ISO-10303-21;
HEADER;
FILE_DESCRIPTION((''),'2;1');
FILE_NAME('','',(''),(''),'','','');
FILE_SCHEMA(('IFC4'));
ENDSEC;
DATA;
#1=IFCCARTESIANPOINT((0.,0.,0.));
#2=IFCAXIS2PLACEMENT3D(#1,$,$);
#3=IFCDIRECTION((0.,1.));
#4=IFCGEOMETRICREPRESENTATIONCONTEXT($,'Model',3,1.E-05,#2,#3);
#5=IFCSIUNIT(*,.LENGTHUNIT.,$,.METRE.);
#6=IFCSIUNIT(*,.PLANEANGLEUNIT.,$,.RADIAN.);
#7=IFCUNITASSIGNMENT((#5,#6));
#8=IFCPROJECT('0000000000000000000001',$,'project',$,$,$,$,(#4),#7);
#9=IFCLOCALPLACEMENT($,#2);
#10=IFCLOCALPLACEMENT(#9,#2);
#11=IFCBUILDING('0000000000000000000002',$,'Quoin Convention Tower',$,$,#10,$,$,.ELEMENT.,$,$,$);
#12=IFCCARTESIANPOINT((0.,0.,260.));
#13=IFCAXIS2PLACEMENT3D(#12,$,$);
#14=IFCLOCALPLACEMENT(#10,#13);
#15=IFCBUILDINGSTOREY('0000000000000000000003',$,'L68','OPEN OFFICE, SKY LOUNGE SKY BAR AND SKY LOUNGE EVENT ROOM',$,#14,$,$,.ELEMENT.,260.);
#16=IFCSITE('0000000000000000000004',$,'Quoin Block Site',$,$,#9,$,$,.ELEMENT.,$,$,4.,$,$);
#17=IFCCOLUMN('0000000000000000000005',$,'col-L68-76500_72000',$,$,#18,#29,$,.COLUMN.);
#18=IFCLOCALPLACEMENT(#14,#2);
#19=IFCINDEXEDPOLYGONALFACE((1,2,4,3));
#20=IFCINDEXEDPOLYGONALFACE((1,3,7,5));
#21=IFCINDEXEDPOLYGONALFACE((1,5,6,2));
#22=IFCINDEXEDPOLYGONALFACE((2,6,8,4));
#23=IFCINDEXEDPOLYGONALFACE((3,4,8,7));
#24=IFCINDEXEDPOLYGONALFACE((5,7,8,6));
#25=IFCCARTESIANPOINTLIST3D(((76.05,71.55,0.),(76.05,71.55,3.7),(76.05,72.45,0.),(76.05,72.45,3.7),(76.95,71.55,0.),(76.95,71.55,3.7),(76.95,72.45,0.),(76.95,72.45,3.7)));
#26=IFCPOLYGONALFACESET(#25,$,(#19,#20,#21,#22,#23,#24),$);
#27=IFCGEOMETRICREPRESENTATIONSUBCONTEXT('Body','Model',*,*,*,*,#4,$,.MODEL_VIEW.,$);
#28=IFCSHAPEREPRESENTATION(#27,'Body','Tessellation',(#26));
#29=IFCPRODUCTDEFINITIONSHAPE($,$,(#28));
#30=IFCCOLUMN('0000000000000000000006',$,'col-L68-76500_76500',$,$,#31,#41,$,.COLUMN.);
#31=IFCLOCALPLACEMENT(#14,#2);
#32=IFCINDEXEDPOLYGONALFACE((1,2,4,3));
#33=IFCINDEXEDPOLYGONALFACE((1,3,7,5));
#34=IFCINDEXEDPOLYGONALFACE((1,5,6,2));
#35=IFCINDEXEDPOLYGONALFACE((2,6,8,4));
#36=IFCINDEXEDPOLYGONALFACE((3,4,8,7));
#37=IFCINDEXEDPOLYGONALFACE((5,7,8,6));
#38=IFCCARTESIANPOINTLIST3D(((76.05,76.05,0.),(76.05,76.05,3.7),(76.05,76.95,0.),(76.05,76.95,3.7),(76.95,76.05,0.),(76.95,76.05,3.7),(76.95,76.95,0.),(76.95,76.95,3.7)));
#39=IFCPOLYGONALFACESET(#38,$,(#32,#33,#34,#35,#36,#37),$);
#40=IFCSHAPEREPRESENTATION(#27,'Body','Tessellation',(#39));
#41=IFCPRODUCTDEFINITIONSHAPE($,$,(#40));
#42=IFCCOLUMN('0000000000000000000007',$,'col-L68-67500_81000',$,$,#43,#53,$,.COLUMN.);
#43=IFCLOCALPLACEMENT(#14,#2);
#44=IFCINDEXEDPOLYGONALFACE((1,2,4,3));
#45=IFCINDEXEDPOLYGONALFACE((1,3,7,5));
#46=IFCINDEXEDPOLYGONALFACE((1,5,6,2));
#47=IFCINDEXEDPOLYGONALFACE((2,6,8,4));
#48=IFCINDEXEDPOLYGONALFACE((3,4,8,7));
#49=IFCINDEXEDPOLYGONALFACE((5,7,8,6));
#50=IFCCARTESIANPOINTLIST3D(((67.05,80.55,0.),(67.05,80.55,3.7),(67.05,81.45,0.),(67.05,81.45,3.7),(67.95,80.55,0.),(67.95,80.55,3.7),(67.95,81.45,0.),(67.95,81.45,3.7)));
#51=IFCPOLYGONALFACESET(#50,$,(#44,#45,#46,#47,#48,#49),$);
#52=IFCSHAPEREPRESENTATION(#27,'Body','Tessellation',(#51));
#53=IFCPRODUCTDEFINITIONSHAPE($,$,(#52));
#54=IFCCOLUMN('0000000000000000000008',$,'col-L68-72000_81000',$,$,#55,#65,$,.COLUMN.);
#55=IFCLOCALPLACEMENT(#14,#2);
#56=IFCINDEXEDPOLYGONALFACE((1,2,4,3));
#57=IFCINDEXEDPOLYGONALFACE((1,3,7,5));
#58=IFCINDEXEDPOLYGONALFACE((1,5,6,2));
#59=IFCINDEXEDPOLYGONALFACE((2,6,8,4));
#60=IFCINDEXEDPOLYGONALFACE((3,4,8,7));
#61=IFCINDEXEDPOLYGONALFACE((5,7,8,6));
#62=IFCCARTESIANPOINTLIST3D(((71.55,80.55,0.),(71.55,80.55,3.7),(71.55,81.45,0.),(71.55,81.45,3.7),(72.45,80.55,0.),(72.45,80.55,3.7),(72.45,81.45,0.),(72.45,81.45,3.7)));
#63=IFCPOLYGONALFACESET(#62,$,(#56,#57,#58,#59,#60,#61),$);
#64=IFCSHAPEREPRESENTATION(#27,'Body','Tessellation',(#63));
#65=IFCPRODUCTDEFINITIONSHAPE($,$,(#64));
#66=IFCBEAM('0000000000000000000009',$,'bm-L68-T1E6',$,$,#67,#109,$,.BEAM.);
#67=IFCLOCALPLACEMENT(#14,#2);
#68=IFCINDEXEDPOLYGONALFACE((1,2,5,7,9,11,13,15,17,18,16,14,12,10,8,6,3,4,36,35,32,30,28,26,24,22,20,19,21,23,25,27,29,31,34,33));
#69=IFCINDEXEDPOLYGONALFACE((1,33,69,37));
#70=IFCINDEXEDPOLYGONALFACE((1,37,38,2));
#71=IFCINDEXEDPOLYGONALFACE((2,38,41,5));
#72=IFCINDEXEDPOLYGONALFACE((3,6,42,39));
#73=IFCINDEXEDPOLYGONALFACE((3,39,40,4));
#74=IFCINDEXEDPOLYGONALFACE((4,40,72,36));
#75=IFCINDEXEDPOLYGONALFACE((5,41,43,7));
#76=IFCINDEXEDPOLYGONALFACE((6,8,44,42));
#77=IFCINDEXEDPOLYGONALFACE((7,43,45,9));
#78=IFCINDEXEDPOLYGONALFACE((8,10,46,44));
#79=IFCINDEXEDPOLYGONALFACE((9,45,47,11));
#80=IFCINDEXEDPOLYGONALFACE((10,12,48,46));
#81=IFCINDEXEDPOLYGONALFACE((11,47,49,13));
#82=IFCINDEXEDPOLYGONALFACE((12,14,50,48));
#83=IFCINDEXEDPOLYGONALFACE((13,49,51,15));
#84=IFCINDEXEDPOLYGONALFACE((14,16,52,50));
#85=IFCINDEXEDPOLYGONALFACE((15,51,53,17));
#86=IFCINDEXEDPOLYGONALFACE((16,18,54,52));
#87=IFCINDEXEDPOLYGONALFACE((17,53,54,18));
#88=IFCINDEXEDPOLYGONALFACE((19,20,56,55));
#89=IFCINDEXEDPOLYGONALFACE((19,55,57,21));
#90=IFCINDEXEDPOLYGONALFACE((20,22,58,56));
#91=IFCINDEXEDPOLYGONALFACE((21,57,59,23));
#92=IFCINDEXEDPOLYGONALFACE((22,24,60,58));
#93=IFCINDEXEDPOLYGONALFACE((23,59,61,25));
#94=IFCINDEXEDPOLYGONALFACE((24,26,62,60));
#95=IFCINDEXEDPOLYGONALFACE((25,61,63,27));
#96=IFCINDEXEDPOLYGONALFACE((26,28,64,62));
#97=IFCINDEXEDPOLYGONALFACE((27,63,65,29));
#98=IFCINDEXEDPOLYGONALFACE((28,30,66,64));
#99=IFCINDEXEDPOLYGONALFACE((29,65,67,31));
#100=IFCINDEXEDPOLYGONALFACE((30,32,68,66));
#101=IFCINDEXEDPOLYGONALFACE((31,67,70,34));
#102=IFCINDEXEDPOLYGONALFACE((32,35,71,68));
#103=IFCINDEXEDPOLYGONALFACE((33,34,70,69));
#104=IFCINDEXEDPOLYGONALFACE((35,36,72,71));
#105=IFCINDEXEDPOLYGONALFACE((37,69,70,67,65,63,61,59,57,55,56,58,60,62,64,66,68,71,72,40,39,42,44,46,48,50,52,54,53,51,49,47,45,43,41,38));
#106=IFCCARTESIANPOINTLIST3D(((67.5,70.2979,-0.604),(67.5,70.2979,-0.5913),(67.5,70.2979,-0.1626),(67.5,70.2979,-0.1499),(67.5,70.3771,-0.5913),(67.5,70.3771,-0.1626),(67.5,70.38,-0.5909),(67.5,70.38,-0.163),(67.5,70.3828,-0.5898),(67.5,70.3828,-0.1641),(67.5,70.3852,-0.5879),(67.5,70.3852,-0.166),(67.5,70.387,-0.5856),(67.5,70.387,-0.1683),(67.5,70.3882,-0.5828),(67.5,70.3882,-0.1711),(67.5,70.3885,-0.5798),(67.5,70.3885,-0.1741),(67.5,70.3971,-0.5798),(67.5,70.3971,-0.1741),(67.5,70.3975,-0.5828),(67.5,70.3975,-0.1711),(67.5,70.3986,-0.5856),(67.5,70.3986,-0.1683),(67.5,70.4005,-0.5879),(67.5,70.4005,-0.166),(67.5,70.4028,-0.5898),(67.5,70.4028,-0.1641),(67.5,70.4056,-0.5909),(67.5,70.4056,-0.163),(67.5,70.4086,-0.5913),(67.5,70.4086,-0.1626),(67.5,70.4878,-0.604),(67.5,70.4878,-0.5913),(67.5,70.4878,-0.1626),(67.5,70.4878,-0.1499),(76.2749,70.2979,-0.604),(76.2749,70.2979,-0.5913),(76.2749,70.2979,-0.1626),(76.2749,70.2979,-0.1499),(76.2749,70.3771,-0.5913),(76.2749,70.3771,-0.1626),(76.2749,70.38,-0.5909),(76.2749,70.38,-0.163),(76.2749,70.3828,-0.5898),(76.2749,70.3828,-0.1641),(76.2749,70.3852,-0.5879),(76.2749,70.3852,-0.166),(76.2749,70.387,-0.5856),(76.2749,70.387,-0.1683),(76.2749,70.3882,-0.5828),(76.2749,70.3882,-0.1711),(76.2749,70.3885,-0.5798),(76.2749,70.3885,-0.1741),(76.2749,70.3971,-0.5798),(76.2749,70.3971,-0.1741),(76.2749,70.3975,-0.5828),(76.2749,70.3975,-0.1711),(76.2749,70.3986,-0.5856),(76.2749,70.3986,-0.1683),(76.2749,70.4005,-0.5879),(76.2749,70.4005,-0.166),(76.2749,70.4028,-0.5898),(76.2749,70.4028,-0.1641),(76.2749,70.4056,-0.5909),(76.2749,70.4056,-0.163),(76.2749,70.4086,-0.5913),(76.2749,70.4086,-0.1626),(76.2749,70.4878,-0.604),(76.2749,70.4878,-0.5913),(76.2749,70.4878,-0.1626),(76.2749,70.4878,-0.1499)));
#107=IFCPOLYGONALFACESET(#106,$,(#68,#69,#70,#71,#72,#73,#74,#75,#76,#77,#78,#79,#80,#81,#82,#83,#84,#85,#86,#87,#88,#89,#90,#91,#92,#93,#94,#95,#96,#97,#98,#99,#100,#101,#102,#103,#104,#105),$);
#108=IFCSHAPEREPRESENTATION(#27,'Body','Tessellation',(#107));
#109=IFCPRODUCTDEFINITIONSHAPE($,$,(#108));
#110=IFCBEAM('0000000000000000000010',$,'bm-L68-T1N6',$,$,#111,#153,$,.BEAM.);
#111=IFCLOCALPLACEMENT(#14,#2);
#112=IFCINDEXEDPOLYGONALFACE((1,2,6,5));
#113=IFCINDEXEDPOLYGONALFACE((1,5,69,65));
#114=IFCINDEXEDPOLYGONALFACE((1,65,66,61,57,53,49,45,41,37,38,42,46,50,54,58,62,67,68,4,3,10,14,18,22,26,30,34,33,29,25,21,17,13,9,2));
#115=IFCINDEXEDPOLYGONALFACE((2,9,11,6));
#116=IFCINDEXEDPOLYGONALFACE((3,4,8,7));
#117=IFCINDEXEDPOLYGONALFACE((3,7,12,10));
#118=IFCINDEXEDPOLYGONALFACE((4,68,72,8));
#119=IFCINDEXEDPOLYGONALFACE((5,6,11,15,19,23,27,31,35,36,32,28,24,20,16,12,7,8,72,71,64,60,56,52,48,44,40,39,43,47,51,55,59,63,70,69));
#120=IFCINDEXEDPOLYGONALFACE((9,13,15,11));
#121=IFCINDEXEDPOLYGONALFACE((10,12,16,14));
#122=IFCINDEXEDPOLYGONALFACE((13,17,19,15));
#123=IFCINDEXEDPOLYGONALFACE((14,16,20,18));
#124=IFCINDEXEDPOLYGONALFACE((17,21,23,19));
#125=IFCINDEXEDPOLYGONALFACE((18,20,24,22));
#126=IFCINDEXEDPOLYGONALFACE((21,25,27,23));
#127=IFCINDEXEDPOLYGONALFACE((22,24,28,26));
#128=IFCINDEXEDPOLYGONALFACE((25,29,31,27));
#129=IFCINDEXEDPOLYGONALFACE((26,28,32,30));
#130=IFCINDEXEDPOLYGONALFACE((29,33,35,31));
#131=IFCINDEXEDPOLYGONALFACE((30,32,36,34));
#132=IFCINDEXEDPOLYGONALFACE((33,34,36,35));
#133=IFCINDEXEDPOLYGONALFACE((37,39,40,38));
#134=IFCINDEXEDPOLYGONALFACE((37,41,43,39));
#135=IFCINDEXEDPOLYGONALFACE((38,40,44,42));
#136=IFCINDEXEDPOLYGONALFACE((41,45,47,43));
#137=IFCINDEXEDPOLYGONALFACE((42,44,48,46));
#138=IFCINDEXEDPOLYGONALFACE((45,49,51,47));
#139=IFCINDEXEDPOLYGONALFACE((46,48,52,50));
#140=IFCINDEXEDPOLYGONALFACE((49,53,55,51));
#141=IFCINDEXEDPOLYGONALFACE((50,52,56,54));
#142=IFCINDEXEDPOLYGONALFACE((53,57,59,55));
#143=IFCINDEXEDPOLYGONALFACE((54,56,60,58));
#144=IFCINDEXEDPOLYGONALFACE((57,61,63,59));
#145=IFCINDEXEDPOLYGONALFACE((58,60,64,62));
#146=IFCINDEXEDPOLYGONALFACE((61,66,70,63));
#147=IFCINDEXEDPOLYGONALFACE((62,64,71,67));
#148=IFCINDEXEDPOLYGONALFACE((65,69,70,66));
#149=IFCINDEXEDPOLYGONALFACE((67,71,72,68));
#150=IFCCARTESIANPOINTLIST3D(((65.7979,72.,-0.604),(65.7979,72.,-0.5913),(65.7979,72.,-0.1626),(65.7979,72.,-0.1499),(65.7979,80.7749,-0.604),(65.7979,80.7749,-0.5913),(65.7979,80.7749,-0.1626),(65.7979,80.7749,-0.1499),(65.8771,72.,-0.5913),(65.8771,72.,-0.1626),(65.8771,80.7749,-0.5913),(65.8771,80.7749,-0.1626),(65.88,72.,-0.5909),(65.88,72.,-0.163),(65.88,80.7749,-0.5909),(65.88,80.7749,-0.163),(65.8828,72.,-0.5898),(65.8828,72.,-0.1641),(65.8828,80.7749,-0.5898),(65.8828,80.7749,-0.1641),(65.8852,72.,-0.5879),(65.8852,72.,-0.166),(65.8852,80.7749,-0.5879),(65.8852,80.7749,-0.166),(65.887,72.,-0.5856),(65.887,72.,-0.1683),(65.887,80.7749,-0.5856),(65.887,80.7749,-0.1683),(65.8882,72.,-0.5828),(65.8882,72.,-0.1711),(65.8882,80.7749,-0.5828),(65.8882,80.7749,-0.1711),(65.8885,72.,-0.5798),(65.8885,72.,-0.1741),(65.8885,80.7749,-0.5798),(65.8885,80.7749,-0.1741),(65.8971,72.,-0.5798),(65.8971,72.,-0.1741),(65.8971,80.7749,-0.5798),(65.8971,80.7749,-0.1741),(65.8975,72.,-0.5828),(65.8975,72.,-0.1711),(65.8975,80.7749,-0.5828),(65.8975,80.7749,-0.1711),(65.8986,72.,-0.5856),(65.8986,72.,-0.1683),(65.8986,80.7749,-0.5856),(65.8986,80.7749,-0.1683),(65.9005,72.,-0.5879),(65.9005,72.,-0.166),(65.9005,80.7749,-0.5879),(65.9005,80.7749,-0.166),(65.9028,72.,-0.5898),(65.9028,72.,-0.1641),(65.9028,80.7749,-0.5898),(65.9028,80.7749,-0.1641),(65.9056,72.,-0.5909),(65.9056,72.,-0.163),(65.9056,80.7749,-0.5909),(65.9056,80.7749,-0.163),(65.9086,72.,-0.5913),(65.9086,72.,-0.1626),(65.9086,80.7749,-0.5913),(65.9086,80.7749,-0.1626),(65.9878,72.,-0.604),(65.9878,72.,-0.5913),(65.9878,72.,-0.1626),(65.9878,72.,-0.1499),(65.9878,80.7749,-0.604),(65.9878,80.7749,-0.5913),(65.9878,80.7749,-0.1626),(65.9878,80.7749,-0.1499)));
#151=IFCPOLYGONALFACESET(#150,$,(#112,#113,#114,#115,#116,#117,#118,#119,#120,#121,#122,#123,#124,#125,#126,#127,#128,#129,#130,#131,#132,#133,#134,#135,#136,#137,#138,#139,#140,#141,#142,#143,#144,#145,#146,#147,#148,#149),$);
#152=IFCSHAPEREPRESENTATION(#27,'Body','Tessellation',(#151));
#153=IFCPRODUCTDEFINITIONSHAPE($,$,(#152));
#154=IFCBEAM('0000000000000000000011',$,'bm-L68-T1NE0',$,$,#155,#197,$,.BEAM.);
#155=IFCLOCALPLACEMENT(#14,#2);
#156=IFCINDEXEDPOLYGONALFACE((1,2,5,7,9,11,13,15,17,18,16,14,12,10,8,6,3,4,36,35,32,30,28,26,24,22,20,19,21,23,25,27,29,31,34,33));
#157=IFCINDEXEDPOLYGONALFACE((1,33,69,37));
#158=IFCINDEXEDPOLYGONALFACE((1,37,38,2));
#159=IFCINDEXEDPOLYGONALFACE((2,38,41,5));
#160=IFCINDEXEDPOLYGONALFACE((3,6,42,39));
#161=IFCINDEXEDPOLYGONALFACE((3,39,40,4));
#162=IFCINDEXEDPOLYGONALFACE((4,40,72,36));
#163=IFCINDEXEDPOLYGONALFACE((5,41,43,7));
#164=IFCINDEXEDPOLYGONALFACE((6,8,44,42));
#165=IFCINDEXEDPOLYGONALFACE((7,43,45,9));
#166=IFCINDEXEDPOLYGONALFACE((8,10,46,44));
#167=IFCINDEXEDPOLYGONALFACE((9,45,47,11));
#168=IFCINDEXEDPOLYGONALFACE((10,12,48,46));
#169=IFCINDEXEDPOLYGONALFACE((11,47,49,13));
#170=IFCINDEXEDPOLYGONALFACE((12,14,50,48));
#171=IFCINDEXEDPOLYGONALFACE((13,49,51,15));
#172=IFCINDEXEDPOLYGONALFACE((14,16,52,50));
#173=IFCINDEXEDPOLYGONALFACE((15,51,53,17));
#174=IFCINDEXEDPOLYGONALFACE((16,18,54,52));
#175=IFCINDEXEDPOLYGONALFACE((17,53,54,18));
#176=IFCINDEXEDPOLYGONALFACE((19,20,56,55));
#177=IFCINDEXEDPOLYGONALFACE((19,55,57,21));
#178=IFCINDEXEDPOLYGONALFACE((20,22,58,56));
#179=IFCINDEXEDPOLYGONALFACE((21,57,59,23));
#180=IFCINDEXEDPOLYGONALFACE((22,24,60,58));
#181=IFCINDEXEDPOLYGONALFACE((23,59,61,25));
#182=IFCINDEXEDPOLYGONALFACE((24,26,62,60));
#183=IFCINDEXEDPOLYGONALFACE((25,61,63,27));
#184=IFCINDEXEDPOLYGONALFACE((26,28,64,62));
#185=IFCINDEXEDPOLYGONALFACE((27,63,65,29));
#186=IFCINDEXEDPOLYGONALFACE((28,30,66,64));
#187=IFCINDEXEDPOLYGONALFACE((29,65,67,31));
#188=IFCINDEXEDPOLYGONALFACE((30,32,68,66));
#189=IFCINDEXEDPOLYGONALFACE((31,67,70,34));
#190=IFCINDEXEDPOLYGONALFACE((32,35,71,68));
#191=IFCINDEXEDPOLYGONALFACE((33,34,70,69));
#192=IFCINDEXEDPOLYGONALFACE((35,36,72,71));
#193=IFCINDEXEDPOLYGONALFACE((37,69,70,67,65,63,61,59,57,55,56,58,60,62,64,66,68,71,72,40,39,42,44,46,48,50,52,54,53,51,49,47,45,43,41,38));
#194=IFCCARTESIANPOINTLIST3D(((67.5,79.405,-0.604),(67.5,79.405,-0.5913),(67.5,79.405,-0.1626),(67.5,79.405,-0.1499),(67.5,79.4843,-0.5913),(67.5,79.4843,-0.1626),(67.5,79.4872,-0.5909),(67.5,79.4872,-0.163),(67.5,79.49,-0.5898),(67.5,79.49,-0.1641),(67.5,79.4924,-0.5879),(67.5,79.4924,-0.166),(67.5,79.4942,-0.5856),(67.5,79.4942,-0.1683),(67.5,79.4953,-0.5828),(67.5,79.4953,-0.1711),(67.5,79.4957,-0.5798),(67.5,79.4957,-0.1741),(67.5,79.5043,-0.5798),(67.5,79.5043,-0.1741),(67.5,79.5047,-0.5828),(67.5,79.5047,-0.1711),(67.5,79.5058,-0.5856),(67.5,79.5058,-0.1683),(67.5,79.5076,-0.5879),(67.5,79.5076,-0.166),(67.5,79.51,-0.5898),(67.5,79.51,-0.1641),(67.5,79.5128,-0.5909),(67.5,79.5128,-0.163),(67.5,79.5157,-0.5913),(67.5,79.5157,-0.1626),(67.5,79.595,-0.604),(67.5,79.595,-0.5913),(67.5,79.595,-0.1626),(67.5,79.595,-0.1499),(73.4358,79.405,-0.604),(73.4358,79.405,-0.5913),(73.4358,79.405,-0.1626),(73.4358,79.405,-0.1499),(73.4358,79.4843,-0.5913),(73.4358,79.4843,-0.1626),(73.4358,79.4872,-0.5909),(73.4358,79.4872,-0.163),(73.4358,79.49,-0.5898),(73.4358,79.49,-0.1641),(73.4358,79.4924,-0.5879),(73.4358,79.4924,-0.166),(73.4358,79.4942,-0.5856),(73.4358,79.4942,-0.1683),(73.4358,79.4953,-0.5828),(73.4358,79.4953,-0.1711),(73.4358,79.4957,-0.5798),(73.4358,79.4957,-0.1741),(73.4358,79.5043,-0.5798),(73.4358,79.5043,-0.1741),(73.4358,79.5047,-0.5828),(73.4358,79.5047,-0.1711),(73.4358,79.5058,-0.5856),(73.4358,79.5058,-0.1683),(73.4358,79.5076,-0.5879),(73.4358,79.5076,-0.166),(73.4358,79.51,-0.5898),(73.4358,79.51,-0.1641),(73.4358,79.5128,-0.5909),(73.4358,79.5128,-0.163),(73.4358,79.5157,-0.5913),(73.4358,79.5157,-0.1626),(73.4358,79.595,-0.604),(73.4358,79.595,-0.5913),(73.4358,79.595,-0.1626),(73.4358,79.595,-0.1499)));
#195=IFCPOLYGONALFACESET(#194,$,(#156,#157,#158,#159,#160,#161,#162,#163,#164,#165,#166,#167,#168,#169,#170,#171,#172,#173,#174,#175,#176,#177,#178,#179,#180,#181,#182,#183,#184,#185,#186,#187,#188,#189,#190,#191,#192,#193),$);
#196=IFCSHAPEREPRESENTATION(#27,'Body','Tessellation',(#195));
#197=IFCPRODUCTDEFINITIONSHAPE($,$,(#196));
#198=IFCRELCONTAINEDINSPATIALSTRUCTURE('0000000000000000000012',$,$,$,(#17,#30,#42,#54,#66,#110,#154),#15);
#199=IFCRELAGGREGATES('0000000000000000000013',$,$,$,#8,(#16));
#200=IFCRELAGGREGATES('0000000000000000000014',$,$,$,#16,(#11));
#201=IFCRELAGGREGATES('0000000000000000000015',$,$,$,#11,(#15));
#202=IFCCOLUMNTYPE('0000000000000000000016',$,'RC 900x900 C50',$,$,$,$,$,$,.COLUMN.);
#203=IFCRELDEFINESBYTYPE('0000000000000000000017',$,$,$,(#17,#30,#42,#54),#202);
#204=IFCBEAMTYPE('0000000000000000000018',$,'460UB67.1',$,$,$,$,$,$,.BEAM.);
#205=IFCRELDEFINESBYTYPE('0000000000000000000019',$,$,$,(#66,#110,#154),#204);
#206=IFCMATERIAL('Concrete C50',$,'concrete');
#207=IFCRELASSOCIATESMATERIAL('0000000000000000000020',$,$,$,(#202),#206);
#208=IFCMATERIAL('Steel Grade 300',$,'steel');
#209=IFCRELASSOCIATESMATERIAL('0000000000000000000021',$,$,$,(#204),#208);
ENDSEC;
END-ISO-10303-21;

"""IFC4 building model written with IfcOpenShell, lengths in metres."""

from ifc_helpers import new_model, si_unit, direction, frame, origin, origin_2d, place, context, subcontext, project, spatial, rectangle, i_section, extrude, material, material_profile, profile_set, type_object, element, save


model = new_model("IFC4")

# Units and contexts
model_context = context("Model", 3, precision=1e-05, world=origin(), true_north=direction((0.0, 1.0)))
body_context = subcontext(model_context, "Body", "Model", "MODEL_VIEW")
ifc_project = project(units=[si_unit("LENGTHUNIT", "METRE"), si_unit("PLANEANGLEUNIT", "RADIAN")], contexts=[model_context])

# Site, building, storey
site_placement = place(None, origin())
site = spatial("IfcSite", under=ifc_project, at=site_placement, Name="Quoin Block Site", CompositionType="ELEMENT", RefElevation=4.0)
building_placement = place(site_placement, origin())
building = spatial("IfcBuilding", under=site, at=building_placement, Name="Quoin Convention Tower", CompositionType="ELEMENT")
storey_placement = place(building_placement, frame((0.0, 0.0, 260.0)))
storey = spatial("IfcBuildingStorey", under=building, at=storey_placement, Name="L68", Description="OPEN OFFICE, SKY LOUNGE SKY BAR AND SKY LOUNGE EVENT ROOM", CompositionType="ELEMENT", Elevation=260.0)

# Columns
ifc_material_1 = material(Name="Concrete C50", Category="concrete")
ifc_material_profile_1 = material_profile(ifc_material_1, rectangle(XDim=0.8999, YDim=0.8999, at=origin_2d()), Name="RC 900x900")
ifc_profile_set_1 = profile_set([ifc_material_profile_1], Name="Concrete C50")
column_type = type_object("IfcColumnType", Name="RC 900x900 C50", PredefinedType="COLUMN", material=ifc_profile_set_1)
for number, where, z_axis, x_axis, name in (
    (1, (76.5, 72.0, 0.0), (0.0, 0.0, 1.0), (1.0, 0.0, 0.0), "col-L68-76500_72000"),
    (2, (76.5, 76.5, 0.0), (0.0, 0.0, 1.0), (1.0, 0.0, 0.0), "col-L68-76500_76500"),
    (3, (67.5, 81.0, 0.0), (0.0, 0.0, 1.0), (1.0, 0.0, 0.0), "col-L68-67500_81000"),
    (4, (72.0, 81.0, 0.0), (0.0, 0.0, 1.0), (1.0, 0.0, 0.0), "col-L68-72000_81000"),
):
    element("IfcColumn", number, at=place(storey_placement, frame(where, z_axis=z_axis, x_axis=x_axis)), inside=storey, type_object=column_type, Name=name, PredefinedType="COLUMN", context=body_context, shape_type="SweptSolid", body=[
        extrude(rectangle(XDim=0.8999, YDim=0.8999, at=origin_2d()), origin(), (0.0, 0.0, 1.0), 3.7),
    ])

# Beams
ifc_material_2 = material(Name="Steel Grade 300", Category="steel")
ifc_material_profile_2 = material_profile(ifc_material_2, i_section(OverallWidth=0.1899, OverallDepth=0.4541, WebThickness=0.0085, FlangeThickness=0.0127, FilletRadius=0.0115, at=origin_2d()), Name="460UB67.1")
ifc_profile_set_2 = profile_set([ifc_material_profile_2], Name="Steel Grade 300")
beam_type_1 = type_object("IfcBeamType", Name="460UB67.1", PredefinedType="BEAM", material=ifc_profile_set_2)
for number, where, z_axis, x_axis, name in (
    (5, (67.5, 70.3928, -0.377), (1.0, 0.0, 0.0), (0.0, 1.0, 0.0), "bm-L68-T1E6"),
    (6, (65.8928, 72.0, -0.377), (0.0, 1.0, 0.0), (-1.0, 0.0, 0.0), "bm-L68-T1N6"),
):
    element("IfcBeam", number, at=place(storey_placement, frame(where, z_axis=z_axis, x_axis=x_axis)), inside=storey, type_object=beam_type_1, Name=name, PredefinedType="BEAM", context=body_context, shape_type="SweptSolid", body=[
        extrude(i_section(OverallWidth=0.1899, OverallDepth=0.4541, WebThickness=0.0085, FlangeThickness=0.0127, FilletRadius=0.0115, at=origin_2d()), origin(), (0.0, 0.0, 1.0), 8.7749),
    ])
beam_1_placement = place(storey_placement, frame((67.5, 79.5, -0.377), z_axis=(1.0, 0.0, 0.0), x_axis=(0.0, 1.0, 0.0)))
element("IfcBeam", 7, at=beam_1_placement, inside=storey, type_object=beam_type_1, Name="bm-L68-T1NE0", PredefinedType="BEAM", context=body_context, shape_type="SweptSolid", body=[
    extrude(i_section(OverallWidth=0.1899, OverallDepth=0.4541, WebThickness=0.0085, FlangeThickness=0.0127, FilletRadius=0.0115, at=origin_2d()), origin(), (0.0, 0.0, 1.0), 5.9358),
])

save(model, "model.ifc")
